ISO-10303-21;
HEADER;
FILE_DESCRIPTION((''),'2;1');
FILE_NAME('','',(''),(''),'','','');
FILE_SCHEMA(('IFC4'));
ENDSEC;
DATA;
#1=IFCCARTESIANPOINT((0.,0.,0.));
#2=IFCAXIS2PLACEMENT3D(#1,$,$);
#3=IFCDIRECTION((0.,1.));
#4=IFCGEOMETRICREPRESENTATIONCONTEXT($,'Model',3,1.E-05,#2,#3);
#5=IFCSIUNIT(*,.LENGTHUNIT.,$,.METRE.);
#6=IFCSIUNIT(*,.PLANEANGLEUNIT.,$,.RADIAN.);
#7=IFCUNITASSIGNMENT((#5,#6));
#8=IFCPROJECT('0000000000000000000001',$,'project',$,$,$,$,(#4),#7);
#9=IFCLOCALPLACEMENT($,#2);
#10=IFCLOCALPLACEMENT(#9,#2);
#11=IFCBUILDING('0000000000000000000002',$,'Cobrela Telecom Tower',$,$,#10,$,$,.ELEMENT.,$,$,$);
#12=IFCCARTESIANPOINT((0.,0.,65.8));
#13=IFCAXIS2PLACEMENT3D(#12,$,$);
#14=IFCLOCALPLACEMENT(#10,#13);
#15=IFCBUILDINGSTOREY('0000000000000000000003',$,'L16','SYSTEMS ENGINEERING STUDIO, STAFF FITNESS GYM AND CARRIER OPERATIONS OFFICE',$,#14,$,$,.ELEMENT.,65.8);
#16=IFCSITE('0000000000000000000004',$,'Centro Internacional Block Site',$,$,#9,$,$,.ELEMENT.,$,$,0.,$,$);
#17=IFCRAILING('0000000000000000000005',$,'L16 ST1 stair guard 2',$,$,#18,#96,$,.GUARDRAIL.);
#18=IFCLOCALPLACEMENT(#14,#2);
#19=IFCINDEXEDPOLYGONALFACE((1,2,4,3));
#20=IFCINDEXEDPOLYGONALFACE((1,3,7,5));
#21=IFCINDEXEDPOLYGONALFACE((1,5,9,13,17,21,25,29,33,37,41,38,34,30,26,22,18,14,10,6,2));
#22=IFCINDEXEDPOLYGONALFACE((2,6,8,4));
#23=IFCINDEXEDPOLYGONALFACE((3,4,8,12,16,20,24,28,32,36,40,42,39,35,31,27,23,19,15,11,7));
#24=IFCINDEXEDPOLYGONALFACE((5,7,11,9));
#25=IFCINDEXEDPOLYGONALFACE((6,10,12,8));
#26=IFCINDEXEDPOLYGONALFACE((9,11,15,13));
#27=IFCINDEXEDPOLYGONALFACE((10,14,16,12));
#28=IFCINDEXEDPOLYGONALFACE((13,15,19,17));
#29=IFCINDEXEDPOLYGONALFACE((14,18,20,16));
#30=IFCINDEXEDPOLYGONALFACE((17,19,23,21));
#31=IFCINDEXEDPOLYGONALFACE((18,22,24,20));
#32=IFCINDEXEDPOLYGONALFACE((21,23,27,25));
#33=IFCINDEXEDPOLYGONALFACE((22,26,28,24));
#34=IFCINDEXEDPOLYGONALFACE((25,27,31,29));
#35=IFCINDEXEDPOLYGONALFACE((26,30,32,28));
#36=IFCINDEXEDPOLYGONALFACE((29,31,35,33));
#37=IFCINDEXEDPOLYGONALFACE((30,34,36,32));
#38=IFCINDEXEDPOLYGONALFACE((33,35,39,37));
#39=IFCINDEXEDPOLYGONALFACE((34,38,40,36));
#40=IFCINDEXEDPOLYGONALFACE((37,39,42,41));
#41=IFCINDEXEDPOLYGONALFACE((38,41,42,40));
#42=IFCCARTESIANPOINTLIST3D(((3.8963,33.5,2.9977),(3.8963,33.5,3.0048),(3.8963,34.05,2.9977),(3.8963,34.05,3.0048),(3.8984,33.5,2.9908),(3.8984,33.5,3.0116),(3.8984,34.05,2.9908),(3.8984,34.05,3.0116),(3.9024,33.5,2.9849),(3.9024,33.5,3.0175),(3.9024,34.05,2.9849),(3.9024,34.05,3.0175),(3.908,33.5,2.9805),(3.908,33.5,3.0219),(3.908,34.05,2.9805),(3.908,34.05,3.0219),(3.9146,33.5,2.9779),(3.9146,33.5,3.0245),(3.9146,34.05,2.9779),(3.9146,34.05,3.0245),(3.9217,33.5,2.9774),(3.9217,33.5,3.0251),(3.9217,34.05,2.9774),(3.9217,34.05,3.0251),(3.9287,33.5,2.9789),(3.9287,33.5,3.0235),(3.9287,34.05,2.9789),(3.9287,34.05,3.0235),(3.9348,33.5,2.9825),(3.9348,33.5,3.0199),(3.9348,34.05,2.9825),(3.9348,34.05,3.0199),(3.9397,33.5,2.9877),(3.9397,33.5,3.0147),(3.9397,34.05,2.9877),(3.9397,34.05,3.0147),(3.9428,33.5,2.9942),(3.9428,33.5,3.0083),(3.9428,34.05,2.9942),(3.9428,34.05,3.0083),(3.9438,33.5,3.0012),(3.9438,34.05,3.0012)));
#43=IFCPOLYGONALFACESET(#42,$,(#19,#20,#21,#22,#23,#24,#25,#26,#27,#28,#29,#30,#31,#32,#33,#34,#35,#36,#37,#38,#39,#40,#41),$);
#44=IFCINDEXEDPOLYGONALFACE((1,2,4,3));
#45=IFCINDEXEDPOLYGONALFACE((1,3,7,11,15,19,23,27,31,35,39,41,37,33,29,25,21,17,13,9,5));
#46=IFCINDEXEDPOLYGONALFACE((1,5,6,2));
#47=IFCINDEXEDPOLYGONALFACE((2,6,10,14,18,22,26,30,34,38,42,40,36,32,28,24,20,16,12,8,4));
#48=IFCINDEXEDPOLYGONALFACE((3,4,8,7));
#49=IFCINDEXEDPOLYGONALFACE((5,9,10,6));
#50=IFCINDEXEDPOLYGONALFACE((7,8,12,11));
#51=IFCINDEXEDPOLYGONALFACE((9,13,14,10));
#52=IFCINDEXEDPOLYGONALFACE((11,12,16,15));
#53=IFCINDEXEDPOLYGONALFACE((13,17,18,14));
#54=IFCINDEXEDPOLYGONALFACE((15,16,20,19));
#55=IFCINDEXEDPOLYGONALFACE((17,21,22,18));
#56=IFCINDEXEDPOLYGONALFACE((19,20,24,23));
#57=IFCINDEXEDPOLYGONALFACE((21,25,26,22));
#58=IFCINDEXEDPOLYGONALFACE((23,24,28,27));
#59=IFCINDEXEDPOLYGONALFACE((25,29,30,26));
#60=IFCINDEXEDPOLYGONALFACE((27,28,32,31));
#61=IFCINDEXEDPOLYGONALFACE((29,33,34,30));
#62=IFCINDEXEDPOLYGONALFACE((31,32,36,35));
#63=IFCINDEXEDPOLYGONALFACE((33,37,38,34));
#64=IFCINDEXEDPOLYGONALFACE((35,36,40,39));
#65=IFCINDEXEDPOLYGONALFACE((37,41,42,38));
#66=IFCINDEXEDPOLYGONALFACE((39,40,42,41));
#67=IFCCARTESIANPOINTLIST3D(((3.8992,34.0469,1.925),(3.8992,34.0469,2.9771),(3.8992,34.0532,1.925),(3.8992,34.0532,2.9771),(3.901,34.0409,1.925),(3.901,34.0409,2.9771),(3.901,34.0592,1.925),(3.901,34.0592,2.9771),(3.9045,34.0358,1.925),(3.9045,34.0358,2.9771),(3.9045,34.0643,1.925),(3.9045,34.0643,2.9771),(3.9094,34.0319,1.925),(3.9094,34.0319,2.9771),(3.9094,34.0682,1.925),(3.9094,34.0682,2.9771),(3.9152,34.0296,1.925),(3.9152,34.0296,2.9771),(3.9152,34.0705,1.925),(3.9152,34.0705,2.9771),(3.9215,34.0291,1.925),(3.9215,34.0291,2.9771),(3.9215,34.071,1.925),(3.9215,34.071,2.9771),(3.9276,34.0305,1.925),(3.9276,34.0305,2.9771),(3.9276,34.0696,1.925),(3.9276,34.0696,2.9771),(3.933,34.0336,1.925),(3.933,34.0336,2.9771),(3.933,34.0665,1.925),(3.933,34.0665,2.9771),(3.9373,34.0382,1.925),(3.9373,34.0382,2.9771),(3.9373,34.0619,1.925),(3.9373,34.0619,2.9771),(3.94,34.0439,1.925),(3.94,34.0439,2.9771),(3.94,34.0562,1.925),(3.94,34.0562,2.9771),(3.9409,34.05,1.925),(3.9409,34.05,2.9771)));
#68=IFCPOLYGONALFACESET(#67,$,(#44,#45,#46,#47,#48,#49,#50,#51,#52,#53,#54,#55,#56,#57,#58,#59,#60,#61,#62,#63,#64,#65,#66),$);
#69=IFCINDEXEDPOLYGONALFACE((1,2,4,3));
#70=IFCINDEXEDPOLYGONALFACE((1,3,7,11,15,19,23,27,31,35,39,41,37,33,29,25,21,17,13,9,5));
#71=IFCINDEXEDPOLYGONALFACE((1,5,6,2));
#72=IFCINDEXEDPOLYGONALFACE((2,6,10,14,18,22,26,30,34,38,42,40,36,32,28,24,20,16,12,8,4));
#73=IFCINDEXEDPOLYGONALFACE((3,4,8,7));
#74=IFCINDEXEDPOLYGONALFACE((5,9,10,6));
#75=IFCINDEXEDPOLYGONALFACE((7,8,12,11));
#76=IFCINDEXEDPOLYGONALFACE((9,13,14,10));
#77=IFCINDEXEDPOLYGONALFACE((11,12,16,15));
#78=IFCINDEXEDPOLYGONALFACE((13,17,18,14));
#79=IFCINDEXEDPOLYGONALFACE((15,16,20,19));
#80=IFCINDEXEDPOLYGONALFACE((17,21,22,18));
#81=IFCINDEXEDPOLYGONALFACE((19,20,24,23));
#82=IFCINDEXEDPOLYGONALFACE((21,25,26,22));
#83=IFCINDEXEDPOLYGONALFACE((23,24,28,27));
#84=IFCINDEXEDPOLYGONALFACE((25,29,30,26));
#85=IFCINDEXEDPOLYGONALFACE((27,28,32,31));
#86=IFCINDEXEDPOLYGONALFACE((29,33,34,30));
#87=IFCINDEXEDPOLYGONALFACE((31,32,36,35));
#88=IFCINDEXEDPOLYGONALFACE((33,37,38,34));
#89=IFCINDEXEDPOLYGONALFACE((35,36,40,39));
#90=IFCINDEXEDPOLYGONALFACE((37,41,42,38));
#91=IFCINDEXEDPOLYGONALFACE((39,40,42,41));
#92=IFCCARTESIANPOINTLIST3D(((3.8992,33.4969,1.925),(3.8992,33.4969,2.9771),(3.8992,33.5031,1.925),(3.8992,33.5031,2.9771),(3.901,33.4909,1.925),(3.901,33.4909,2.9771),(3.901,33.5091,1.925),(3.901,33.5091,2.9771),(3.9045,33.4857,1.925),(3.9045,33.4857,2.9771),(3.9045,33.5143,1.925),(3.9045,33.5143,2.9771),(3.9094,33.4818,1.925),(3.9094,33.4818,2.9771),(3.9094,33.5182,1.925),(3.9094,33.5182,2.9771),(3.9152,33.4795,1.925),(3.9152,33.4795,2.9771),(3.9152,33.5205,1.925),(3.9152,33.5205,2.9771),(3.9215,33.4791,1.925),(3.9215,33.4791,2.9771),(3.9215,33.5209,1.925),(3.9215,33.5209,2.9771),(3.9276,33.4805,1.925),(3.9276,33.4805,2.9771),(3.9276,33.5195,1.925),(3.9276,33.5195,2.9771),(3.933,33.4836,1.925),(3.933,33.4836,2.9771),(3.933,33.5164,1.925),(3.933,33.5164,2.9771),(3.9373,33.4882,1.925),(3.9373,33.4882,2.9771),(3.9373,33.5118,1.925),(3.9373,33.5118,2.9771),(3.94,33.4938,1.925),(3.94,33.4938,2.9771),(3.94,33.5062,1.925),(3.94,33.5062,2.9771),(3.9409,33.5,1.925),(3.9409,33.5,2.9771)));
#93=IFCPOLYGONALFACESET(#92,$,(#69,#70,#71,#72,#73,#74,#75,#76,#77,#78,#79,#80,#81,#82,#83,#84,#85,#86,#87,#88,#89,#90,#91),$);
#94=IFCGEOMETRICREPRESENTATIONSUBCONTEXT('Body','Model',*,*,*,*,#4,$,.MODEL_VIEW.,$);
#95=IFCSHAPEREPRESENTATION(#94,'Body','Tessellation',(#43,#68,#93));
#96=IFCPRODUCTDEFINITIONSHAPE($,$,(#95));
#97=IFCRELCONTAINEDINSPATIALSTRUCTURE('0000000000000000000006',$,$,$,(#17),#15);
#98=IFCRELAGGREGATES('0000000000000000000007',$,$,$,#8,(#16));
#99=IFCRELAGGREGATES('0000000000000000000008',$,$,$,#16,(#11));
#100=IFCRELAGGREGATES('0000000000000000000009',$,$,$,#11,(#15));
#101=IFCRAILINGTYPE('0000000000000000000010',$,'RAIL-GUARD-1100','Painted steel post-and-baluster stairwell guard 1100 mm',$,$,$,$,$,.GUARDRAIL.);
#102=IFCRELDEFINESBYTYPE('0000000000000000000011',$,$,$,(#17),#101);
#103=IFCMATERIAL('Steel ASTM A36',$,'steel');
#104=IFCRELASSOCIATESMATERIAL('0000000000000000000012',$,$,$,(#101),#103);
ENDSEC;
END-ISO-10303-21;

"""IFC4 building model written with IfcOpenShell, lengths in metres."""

from ifc_helpers import new_model, si_unit, direction, frame, origin, origin_2d, place, context, subcontext, project, spatial, circle, extrude, material, type_object, element, save


model = new_model("IFC4")

# Units and contexts
model_context = context("Model", 3, precision=1e-05, world=origin(), true_north=direction((0.0, 1.0)))
body_context = subcontext(model_context, "Body", "Model", "MODEL_VIEW")
ifc_project = project(units=[si_unit("LENGTHUNIT", "METRE"), si_unit("PLANEANGLEUNIT", "RADIAN")], contexts=[model_context])

# Site, building, storey
site_placement = place(None, origin())
site = spatial("IfcSite", under=ifc_project, at=site_placement, Name="Centro Internacional Block Site", CompositionType="ELEMENT", RefElevation=0.0)
building_placement = place(site_placement, origin())
building = spatial("IfcBuilding", under=site, at=building_placement, Name="Cobrela Telecom Tower", CompositionType="ELEMENT")
storey_placement = place(building_placement, frame((0.0, 0.0, 65.8)))
storey = spatial("IfcBuildingStorey", under=building, at=storey_placement, Name="L16", Description="SYSTEMS ENGINEERING STUDIO, STAFF FITNESS GYM AND CARRIER OPERATIONS OFFICE", CompositionType="ELEMENT", Elevation=65.8)

# Shared definitions
ifc_material_1 = material(Name="Steel ASTM A36", Category="steel")

# Railing
railing_type_1 = type_object("IfcRailingType", Name="RAIL-GUARD-1100", Description="Painted steel post-and-baluster stairwell guard 1100 mm", PredefinedType="GUARDRAIL", material=ifc_material_1)
railing_1_placement = place(storey_placement, frame((3.9199, 34.05, 1.925)))
element("IfcRailing", 1, at=railing_1_placement, inside=storey, type_object=railing_type_1, Name="L16 ST1 stair guard 2", PredefinedType="GUARDRAIL", context=body_context, shape_type="SweptSolid", body=[
    extrude(circle(Radius=0.0239, at=origin_2d()), frame((0.0, 0.0, 1.0762), z_axis=(0.0, -1.0, 0.0), x_axis=(1.0, 0.0, 0.0)), (0.0, 0.0, 1.0), 0.55),
    extrude(circle(Radius=0.021, at=origin_2d()), origin(), (0.0, 0.0, 1.0), 1.052),
    extrude(circle(Radius=0.021, at=origin_2d()), frame((0.0, -0.55, 0.0)), (0.0, 0.0, 1.0), 1.052),
])

save(model, "model.ifc")
